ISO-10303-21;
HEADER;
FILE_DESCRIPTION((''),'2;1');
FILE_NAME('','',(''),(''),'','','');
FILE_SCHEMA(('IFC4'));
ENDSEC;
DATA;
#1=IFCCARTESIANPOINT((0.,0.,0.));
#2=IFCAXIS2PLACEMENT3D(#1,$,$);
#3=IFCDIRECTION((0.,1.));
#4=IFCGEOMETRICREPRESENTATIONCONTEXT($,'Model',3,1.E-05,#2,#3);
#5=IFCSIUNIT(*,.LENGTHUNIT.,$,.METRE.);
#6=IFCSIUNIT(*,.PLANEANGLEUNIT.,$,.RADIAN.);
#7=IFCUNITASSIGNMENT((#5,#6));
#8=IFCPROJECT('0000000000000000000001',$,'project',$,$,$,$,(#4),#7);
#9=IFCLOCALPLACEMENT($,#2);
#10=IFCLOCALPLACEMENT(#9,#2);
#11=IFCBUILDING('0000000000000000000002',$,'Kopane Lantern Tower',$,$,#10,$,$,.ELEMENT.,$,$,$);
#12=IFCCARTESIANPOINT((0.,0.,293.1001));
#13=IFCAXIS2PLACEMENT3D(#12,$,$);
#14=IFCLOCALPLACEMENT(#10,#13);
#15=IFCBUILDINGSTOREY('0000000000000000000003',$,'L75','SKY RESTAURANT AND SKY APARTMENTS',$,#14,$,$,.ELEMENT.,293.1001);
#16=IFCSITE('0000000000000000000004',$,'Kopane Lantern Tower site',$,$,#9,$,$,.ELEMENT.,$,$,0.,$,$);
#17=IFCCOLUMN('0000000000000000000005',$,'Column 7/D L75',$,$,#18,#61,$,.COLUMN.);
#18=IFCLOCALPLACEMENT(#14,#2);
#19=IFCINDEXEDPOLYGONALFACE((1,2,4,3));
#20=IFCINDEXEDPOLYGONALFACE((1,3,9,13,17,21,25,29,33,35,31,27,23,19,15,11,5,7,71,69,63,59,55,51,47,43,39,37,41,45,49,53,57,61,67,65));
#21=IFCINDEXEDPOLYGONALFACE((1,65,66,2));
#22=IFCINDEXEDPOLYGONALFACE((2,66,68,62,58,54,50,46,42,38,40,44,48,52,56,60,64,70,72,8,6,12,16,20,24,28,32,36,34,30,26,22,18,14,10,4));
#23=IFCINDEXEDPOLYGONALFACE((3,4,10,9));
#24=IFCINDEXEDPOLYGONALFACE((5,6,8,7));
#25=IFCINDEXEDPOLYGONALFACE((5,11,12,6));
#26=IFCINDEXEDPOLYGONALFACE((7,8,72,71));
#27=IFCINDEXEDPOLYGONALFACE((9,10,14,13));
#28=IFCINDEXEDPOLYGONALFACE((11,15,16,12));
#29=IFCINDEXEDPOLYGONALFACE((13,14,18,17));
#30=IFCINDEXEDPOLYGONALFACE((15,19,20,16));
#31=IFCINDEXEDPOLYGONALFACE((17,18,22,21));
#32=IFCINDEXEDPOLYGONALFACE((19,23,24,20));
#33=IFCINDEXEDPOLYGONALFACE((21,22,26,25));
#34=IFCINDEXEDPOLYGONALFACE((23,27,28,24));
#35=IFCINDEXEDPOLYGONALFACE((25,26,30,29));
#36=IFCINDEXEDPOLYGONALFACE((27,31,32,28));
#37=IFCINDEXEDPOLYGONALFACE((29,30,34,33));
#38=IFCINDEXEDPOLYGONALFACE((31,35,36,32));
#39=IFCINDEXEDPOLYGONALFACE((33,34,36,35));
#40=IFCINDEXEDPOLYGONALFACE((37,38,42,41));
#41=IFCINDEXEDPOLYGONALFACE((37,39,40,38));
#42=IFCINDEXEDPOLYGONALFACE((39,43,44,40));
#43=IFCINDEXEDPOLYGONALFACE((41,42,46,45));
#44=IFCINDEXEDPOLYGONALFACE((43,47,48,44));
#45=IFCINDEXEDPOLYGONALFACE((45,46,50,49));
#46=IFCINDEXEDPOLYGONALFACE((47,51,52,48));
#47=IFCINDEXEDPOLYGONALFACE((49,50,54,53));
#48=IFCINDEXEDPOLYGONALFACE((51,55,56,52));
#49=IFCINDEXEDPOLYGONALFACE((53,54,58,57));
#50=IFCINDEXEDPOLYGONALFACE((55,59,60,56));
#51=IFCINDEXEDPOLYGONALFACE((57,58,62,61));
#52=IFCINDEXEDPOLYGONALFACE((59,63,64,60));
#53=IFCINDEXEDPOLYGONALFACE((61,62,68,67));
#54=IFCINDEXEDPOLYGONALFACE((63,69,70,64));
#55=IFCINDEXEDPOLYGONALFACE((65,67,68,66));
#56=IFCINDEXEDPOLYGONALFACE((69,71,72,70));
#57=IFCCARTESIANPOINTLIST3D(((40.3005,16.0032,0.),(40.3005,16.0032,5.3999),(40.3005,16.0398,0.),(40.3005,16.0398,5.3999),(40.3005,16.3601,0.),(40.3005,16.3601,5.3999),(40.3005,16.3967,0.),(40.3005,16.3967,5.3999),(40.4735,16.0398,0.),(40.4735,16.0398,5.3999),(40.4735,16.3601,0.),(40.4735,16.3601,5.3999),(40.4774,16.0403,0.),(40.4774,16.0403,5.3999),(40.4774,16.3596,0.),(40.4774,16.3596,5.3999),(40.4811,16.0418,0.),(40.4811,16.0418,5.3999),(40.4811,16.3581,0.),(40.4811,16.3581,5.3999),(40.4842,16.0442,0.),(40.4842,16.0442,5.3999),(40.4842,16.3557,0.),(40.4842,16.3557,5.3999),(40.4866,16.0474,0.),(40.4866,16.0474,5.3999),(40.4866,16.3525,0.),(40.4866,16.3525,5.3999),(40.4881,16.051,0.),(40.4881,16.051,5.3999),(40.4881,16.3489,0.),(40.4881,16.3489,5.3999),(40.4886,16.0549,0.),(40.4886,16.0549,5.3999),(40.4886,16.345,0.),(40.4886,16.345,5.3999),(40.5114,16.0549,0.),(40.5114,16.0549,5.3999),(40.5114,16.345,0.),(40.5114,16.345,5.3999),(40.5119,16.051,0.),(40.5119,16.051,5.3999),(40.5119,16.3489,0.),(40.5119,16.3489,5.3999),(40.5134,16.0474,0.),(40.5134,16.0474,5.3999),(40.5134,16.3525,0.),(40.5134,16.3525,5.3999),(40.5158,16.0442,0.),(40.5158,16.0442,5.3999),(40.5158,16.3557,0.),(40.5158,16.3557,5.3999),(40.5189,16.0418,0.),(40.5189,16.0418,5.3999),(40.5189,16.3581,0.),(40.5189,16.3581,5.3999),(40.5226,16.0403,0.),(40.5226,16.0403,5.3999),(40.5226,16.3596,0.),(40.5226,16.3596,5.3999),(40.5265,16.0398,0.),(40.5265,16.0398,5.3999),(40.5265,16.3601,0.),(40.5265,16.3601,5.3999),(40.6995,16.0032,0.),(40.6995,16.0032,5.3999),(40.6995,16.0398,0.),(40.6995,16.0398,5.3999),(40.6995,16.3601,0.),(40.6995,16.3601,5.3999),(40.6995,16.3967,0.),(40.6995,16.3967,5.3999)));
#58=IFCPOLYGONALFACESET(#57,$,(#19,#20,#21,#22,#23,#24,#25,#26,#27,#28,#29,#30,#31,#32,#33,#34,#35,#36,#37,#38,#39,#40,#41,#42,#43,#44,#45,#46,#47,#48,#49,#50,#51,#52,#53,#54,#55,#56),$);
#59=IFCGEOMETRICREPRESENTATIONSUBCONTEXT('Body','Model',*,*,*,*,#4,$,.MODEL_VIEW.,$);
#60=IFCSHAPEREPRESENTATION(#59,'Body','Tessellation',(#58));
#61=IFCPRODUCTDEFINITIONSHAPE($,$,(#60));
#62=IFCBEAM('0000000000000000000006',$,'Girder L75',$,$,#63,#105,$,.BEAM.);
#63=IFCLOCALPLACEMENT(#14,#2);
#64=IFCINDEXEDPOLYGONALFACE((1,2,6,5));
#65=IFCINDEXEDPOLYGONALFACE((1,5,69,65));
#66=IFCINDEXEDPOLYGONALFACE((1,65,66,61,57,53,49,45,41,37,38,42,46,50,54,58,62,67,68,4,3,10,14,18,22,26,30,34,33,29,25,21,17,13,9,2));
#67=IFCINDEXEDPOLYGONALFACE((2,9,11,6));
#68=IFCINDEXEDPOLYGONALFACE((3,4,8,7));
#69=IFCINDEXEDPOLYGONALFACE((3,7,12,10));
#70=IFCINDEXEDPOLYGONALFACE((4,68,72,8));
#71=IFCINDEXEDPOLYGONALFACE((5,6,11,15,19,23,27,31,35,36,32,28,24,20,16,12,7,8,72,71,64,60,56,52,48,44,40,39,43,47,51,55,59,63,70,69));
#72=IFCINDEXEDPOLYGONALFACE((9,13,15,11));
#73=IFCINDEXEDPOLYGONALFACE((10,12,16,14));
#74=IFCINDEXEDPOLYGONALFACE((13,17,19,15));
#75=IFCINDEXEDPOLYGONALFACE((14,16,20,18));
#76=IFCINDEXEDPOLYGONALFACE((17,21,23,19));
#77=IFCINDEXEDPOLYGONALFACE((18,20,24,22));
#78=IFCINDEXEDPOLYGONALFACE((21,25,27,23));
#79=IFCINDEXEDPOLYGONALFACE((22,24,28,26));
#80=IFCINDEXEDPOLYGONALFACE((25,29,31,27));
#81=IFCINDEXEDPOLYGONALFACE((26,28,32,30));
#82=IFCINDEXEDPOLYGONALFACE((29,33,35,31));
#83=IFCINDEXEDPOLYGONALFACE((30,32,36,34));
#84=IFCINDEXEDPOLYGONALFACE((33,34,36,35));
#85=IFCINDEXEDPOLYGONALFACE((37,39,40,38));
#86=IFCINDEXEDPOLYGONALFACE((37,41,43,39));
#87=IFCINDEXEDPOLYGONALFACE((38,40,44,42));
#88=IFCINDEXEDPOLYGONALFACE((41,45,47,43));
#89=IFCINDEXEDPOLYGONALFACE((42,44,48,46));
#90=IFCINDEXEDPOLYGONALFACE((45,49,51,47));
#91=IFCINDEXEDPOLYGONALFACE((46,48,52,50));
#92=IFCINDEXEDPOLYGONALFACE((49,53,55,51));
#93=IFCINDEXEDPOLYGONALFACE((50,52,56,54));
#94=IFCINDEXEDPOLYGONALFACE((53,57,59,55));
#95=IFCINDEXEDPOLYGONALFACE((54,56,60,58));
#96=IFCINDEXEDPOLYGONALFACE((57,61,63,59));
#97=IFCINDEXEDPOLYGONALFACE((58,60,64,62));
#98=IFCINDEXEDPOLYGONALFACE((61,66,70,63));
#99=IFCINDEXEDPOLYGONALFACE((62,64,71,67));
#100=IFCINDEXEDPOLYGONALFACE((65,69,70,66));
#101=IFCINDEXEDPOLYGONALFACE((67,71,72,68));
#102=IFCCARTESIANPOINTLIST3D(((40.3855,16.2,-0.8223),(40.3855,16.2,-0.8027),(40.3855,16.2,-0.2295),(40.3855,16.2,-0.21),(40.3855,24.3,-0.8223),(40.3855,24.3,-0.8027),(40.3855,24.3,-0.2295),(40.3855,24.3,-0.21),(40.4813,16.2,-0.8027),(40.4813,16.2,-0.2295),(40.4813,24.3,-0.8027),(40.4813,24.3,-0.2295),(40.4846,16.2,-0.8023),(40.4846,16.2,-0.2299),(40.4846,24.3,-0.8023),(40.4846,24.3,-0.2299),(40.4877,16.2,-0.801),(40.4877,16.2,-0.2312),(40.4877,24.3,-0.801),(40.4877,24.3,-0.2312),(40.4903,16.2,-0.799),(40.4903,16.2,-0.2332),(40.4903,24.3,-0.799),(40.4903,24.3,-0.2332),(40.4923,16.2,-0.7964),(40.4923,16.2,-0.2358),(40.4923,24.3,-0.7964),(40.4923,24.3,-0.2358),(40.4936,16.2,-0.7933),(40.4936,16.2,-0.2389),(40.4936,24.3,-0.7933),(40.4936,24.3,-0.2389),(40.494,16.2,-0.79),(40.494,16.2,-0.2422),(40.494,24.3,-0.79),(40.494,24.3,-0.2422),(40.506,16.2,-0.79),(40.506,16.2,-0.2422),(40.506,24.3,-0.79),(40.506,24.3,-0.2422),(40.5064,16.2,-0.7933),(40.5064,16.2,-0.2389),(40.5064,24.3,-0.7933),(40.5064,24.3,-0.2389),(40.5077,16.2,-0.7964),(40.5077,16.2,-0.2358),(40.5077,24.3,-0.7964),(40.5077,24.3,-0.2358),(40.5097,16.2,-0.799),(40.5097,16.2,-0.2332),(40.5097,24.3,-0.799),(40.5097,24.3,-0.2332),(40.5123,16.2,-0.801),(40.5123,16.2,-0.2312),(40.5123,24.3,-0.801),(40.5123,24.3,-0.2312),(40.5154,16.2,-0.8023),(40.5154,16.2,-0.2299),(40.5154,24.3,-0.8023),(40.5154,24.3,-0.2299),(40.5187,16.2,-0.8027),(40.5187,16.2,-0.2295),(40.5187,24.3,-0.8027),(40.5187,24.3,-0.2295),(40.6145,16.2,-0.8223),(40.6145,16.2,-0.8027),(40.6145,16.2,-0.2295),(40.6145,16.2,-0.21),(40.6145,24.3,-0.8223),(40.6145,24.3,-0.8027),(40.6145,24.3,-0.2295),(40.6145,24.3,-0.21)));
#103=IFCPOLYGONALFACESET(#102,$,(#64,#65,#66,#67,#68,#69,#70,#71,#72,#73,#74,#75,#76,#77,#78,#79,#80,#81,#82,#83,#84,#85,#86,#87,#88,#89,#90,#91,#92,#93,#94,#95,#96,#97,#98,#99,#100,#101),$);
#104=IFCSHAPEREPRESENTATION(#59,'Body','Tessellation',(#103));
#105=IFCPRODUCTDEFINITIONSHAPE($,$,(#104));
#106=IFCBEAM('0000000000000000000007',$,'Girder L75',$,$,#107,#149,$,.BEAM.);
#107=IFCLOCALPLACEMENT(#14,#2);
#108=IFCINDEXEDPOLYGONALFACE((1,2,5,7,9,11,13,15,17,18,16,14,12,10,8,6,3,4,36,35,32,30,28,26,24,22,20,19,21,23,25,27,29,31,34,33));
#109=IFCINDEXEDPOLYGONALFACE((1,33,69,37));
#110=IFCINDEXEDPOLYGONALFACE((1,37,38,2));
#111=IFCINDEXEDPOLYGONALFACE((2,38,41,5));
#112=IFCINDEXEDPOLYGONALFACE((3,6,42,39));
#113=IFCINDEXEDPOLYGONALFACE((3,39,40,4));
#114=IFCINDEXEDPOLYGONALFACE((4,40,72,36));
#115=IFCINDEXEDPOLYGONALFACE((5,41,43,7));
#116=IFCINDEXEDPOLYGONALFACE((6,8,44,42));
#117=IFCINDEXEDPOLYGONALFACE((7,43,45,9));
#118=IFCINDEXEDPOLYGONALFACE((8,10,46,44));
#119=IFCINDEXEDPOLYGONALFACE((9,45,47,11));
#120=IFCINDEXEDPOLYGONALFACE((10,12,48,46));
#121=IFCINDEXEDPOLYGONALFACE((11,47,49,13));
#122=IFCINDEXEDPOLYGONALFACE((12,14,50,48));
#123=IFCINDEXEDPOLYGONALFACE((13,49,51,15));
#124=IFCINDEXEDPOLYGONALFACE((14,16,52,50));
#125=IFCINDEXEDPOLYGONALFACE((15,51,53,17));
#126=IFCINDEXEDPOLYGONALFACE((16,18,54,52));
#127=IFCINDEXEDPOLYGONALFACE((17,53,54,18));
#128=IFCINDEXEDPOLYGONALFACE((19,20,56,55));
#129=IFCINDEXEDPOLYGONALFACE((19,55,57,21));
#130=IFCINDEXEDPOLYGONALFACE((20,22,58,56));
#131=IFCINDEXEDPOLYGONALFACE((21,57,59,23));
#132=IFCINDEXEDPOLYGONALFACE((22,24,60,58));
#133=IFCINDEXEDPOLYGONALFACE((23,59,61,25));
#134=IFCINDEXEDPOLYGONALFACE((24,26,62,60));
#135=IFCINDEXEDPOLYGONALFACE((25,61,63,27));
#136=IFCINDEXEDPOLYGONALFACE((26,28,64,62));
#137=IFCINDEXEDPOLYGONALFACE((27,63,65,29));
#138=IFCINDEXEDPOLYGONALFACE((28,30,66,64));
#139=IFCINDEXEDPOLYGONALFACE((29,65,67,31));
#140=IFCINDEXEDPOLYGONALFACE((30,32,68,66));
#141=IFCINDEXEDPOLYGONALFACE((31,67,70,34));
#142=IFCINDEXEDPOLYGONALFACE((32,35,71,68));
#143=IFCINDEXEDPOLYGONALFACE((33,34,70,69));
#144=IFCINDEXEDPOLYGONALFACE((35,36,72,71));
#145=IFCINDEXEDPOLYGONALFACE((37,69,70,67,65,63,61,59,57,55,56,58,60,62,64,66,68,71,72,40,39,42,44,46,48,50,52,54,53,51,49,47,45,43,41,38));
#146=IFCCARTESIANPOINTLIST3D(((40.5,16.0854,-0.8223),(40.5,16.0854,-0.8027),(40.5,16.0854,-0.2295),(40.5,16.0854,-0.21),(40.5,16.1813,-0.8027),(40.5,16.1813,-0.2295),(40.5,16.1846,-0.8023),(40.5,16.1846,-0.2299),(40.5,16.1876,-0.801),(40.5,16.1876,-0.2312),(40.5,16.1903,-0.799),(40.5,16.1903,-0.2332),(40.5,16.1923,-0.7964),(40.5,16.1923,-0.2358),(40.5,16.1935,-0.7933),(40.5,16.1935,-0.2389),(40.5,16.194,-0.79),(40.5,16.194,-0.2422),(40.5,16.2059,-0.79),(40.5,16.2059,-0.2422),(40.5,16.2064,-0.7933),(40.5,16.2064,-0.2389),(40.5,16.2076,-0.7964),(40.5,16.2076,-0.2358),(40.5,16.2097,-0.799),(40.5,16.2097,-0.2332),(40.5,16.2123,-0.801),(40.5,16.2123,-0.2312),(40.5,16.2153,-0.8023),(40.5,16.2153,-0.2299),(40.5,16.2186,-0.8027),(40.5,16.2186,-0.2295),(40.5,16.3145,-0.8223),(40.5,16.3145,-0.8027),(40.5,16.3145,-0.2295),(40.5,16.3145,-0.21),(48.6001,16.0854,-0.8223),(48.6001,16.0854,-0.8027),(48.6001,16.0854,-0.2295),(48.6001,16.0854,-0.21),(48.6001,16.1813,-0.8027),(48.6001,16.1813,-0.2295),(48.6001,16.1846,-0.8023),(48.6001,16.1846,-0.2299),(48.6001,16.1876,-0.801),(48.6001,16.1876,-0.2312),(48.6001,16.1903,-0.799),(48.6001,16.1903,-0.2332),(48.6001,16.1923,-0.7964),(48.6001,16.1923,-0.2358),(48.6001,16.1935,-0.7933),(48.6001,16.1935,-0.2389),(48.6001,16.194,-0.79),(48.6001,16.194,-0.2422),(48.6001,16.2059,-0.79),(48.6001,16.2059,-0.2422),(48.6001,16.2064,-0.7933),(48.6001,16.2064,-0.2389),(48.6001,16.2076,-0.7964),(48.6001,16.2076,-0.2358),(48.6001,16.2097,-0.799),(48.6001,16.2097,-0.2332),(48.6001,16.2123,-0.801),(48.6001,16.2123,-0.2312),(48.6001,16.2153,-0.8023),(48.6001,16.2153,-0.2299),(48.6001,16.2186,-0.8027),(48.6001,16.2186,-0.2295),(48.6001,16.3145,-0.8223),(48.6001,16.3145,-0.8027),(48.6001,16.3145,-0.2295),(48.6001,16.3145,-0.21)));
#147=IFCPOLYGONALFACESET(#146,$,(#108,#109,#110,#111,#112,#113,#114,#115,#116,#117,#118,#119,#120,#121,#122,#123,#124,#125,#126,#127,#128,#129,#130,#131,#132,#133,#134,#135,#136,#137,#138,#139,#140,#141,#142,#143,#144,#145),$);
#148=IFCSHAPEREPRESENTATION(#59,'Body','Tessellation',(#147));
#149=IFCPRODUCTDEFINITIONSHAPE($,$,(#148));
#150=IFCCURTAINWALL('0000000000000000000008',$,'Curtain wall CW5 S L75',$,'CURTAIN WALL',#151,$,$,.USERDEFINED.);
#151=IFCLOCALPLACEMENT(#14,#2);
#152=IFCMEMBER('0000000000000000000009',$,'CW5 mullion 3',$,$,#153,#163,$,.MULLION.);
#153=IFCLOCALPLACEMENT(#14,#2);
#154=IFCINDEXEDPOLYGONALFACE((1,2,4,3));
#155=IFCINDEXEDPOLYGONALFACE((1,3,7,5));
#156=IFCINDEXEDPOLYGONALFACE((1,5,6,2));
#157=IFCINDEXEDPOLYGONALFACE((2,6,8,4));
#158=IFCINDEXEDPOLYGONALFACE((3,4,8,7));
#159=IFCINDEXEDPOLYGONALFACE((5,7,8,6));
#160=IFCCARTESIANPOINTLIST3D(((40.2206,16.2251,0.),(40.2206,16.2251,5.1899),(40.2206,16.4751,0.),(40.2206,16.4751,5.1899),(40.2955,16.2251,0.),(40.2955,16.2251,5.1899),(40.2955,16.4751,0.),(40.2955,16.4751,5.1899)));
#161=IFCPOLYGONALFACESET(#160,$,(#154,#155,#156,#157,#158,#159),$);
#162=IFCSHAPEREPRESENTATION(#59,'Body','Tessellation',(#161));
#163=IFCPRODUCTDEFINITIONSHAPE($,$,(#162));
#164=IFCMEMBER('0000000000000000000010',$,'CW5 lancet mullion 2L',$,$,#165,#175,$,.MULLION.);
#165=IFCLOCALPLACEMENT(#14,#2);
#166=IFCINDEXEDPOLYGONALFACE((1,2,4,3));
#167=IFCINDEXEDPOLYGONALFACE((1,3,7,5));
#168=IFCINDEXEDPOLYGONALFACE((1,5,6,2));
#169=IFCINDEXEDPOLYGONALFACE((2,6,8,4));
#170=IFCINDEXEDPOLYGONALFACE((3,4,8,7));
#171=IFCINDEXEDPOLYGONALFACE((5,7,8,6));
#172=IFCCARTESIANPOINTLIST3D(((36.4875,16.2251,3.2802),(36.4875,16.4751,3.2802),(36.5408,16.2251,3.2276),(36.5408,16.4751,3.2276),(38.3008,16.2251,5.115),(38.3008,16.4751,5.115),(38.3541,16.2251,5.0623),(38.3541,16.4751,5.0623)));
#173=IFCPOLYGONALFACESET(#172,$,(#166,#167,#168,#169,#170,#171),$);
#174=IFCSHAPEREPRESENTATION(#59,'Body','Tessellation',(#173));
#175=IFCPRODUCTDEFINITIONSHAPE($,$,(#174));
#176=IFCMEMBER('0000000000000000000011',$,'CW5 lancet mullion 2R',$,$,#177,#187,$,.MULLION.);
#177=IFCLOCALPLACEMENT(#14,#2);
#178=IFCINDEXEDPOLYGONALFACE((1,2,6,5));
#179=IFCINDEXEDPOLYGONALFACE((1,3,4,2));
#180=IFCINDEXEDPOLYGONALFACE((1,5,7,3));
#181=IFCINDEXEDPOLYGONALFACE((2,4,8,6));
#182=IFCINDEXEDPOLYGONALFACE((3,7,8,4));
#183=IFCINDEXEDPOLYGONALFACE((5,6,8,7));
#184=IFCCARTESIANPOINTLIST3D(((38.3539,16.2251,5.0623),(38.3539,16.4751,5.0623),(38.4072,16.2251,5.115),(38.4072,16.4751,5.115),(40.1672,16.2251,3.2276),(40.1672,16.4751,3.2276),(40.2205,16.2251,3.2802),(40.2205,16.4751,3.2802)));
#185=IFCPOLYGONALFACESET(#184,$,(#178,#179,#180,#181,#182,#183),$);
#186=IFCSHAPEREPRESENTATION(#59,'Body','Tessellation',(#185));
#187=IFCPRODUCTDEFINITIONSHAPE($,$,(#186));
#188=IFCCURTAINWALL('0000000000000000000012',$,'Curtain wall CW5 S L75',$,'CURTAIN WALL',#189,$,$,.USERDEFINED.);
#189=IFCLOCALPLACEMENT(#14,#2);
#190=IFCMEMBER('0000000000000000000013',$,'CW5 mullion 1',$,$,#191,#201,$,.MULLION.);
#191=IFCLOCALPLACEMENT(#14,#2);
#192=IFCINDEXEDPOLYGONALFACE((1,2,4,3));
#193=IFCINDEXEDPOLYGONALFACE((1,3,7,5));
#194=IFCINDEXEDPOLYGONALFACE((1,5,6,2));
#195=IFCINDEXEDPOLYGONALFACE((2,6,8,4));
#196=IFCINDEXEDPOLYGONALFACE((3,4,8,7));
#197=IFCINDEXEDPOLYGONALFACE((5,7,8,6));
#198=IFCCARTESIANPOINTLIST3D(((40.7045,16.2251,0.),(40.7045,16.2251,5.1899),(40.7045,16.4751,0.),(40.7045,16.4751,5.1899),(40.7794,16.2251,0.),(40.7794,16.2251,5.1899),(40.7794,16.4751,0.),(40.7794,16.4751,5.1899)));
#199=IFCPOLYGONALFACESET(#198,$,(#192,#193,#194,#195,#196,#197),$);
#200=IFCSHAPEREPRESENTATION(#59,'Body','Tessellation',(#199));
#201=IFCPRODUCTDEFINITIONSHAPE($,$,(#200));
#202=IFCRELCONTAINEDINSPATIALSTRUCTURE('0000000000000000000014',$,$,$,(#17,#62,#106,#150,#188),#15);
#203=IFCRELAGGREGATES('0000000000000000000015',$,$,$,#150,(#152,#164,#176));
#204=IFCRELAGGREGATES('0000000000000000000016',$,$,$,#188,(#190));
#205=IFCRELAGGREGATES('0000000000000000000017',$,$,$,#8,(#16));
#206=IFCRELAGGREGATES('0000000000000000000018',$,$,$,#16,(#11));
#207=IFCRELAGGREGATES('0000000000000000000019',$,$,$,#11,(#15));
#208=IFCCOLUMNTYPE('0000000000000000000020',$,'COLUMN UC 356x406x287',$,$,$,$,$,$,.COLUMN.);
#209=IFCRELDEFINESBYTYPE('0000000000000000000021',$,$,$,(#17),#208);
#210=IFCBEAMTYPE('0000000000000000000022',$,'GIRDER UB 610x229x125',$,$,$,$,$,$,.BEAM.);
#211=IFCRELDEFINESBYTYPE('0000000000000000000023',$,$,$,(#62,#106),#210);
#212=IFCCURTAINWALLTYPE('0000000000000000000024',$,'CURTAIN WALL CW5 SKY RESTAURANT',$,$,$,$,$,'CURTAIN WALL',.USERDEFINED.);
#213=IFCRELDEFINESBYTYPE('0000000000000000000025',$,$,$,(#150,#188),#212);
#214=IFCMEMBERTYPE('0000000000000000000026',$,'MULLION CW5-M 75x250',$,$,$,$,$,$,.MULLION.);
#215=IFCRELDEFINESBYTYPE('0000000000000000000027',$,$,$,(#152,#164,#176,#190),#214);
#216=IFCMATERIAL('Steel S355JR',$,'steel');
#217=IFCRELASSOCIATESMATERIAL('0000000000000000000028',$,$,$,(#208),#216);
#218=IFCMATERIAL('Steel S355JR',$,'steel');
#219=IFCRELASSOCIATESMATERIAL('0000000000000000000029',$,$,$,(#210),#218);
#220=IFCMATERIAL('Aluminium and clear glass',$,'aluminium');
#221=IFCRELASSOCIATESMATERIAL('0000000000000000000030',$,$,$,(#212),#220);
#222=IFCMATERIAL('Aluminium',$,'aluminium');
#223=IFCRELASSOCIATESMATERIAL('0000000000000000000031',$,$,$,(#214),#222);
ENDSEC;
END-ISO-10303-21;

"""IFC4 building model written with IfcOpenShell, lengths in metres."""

from ifc_helpers import new_model, si_unit, direction, frame, origin, origin_2d, place, context, subcontext, project, spatial, rectangle, i_section, extrude, material, material_profile, profile_set, type_object, element, aggregate, save


model = new_model("IFC4")

# Units and contexts
model_context = context("Model", 3, precision=1e-05, world=origin(), true_north=direction((0.0, 1.0)))
body_context = subcontext(model_context, "Body", "Model", "MODEL_VIEW")
ifc_project = project(units=[si_unit("LENGTHUNIT", "METRE"), si_unit("PLANEANGLEUNIT", "RADIAN")], contexts=[model_context])

# Site, building, storey
site_placement = place(None, origin())
site = spatial("IfcSite", under=ifc_project, at=site_placement, Name="Kopane Lantern Tower site", CompositionType="ELEMENT", RefElevation=0.0)
building_placement = place(site_placement, origin())
building = spatial("IfcBuilding", under=site, at=building_placement, Name="Kopane Lantern Tower", CompositionType="ELEMENT")
storey_placement = place(building_placement, frame((0.0, 0.0, 293.1001)))
storey = spatial("IfcBuildingStorey", under=building, at=storey_placement, Name="L75", Description="SKY RESTAURANT AND SKY APARTMENTS", CompositionType="ELEMENT", Elevation=293.1001)

# Column
ifc_material_1 = material(Name="Steel S355JR", Category="steel")
ifc_material_profile_1 = material_profile(ifc_material_1, i_section(OverallWidth=0.3989, OverallDepth=0.3936, WebThickness=0.0227, FlangeThickness=0.0366, FilletRadius=0.0151, at=origin_2d()), Name="UC 356x406x287")
ifc_profile_set_1 = profile_set([ifc_material_profile_1], Name="Steel S355JR")
column_type = type_object("IfcColumnType", Name="COLUMN UC 356x406x287", PredefinedType="COLUMN", material=ifc_profile_set_1)
column_placement = place(storey_placement, frame((40.5, 16.2, 0.0), z_axis=(0.0, 0.0, 1.0), x_axis=(1.0, 0.0, 0.0)))
element("IfcColumn", 1, at=column_placement, inside=storey, type_object=column_type, Name="Column 7/D L75", PredefinedType="COLUMN", context=body_context, shape_type="SweptSolid", body=[
    extrude(i_section(OverallWidth=0.3989, OverallDepth=0.3936, WebThickness=0.0227, FlangeThickness=0.0366, FilletRadius=0.0151, at=origin_2d()), origin(), (0.0, 0.0, 1.0), 5.3999),
])

# Beams
ifc_material_2 = material(Name="Steel S355JR", Category="steel")
ifc_material_profile_2 = material_profile(ifc_material_2, i_section(OverallWidth=0.229, OverallDepth=0.6123, WebThickness=0.012, FlangeThickness=0.0195, FilletRadius=0.0127, at=origin_2d()), Name="UB 610x229x125")
ifc_profile_set_2 = profile_set([ifc_material_profile_2], Name="Steel S355JR")
beam_type = type_object("IfcBeamType", Name="GIRDER UB 610x229x125", PredefinedType="BEAM", material=ifc_profile_set_2)
for number, where, z_axis, x_axis, name in (
    (2, (40.5, 16.2, -0.5161), (0.0, 1.0, 0.0), (-1.0, 0.0, 0.0), "Girder L75"),
    (3, (40.5, 16.2, -0.5161), (1.0, 0.0, 0.0), (0.0, 1.0, 0.0), "Girder L75"),
):
    element("IfcBeam", number, at=place(storey_placement, frame(where, z_axis=z_axis, x_axis=x_axis)), inside=storey, type_object=beam_type, Name=name, PredefinedType="BEAM", context=body_context, shape_type="SweptSolid", body=[
        extrude(i_section(OverallWidth=0.229, OverallDepth=0.6123, WebThickness=0.012, FlangeThickness=0.0195, FilletRadius=0.0127, at=origin_2d()), origin(), (0.0, 0.0, 1.0), 8.1001),
    ])

# Curtain walls, members
ifc_material_3 = material(Name="Aluminium and clear glass", Category="aluminium")
curtain_wall_type = type_object("IfcCurtainWallType", Name="CURTAIN WALL CW5 SKY RESTAURANT", ElementType="CURTAIN WALL", PredefinedType="USERDEFINED", material=ifc_material_3)
curtain_wall_1_placement = place(storey_placement, origin())
curtain_wall_1 = element("IfcCurtainWall", 4, at=curtain_wall_1_placement, inside=storey, type_object=curtain_wall_type, Name="Curtain wall CW5 S L75", ObjectType="CURTAIN WALL", PredefinedType="USERDEFINED")
ifc_material_4 = material(Name="Aluminium", Category="aluminium")
ifc_material_profile_3 = material_profile(ifc_material_4, rectangle(XDim=0.075, YDim=0.25, at=origin_2d()), Name="AL 75x250")
ifc_profile_set_3 = profile_set([ifc_material_profile_3], Name="Aluminium")
member_type_1 = type_object("IfcMemberType", Name="MULLION CW5-M 75x250", PredefinedType="MULLION", material=ifc_profile_set_3)
member_1_placement = place(storey_placement, frame((40.2581, 16.3501, 0.0), z_axis=(0.0, 0.0, 1.0), x_axis=(1.0, 0.0, 0.0)))
member_1 = element("IfcMember", 5, at=member_1_placement, type_object=member_type_1, Name="CW5 mullion 3", PredefinedType="MULLION", context=body_context, shape_type="SweptSolid", body=[
    extrude(rectangle(XDim=0.075, YDim=0.25, at=origin_2d()), origin(), (0.0, 0.0, 1.0), 5.1899),
])
member_2_placement = place(storey_placement, frame((36.5142, 16.3501, 3.2539), z_axis=(0.70293, 0.0, 0.711259), x_axis=(-0.711259, 0.0, 0.70293)))
member_2 = element("IfcMember", 6, at=member_2_placement, type_object=member_type_1, Name="CW5 lancet mullion 2L", PredefinedType="MULLION", context=body_context, shape_type="SweptSolid", body=[
    extrude(rectangle(XDim=0.075, YDim=0.25, at=origin_2d()), origin(), (0.0, 0.0, 1.0), 2.5796),
])
member_3_placement = place(storey_placement, frame((40.1938, 16.3501, 3.2539), z_axis=(-0.70293, 0.0, 0.711259), x_axis=(0.711259, 0.0, 0.70293)))
member_3 = element("IfcMember", 7, at=member_3_placement, type_object=member_type_1, Name="CW5 lancet mullion 2R", PredefinedType="MULLION", context=body_context, shape_type="SweptSolid", body=[
    extrude(rectangle(XDim=0.075, YDim=0.25, at=origin_2d()), origin(), (0.0, 0.0, 1.0), 2.5796),
])
curtain_wall_2_placement = place(storey_placement, origin())
curtain_wall_2 = element("IfcCurtainWall", 8, at=curtain_wall_2_placement, inside=storey, type_object=curtain_wall_type, Name="Curtain wall CW5 S L75", ObjectType="CURTAIN WALL", PredefinedType="USERDEFINED")
member_4_placement = place(storey_placement, frame((40.7419, 16.3501, 0.0), z_axis=(0.0, 0.0, 1.0), x_axis=(1.0, 0.0, 0.0)))
member_4 = element("IfcMember", 9, at=member_4_placement, type_object=member_type_1, Name="CW5 mullion 1", PredefinedType="MULLION", context=body_context, shape_type="SweptSolid", body=[
    extrude(rectangle(XDim=0.075, YDim=0.25, at=origin_2d()), origin(), (0.0, 0.0, 1.0), 5.1899),
])

aggregate(curtain_wall_1, [member_1, member_2, member_3])
aggregate(curtain_wall_2, [member_4])

save(model, "model.ifc")
